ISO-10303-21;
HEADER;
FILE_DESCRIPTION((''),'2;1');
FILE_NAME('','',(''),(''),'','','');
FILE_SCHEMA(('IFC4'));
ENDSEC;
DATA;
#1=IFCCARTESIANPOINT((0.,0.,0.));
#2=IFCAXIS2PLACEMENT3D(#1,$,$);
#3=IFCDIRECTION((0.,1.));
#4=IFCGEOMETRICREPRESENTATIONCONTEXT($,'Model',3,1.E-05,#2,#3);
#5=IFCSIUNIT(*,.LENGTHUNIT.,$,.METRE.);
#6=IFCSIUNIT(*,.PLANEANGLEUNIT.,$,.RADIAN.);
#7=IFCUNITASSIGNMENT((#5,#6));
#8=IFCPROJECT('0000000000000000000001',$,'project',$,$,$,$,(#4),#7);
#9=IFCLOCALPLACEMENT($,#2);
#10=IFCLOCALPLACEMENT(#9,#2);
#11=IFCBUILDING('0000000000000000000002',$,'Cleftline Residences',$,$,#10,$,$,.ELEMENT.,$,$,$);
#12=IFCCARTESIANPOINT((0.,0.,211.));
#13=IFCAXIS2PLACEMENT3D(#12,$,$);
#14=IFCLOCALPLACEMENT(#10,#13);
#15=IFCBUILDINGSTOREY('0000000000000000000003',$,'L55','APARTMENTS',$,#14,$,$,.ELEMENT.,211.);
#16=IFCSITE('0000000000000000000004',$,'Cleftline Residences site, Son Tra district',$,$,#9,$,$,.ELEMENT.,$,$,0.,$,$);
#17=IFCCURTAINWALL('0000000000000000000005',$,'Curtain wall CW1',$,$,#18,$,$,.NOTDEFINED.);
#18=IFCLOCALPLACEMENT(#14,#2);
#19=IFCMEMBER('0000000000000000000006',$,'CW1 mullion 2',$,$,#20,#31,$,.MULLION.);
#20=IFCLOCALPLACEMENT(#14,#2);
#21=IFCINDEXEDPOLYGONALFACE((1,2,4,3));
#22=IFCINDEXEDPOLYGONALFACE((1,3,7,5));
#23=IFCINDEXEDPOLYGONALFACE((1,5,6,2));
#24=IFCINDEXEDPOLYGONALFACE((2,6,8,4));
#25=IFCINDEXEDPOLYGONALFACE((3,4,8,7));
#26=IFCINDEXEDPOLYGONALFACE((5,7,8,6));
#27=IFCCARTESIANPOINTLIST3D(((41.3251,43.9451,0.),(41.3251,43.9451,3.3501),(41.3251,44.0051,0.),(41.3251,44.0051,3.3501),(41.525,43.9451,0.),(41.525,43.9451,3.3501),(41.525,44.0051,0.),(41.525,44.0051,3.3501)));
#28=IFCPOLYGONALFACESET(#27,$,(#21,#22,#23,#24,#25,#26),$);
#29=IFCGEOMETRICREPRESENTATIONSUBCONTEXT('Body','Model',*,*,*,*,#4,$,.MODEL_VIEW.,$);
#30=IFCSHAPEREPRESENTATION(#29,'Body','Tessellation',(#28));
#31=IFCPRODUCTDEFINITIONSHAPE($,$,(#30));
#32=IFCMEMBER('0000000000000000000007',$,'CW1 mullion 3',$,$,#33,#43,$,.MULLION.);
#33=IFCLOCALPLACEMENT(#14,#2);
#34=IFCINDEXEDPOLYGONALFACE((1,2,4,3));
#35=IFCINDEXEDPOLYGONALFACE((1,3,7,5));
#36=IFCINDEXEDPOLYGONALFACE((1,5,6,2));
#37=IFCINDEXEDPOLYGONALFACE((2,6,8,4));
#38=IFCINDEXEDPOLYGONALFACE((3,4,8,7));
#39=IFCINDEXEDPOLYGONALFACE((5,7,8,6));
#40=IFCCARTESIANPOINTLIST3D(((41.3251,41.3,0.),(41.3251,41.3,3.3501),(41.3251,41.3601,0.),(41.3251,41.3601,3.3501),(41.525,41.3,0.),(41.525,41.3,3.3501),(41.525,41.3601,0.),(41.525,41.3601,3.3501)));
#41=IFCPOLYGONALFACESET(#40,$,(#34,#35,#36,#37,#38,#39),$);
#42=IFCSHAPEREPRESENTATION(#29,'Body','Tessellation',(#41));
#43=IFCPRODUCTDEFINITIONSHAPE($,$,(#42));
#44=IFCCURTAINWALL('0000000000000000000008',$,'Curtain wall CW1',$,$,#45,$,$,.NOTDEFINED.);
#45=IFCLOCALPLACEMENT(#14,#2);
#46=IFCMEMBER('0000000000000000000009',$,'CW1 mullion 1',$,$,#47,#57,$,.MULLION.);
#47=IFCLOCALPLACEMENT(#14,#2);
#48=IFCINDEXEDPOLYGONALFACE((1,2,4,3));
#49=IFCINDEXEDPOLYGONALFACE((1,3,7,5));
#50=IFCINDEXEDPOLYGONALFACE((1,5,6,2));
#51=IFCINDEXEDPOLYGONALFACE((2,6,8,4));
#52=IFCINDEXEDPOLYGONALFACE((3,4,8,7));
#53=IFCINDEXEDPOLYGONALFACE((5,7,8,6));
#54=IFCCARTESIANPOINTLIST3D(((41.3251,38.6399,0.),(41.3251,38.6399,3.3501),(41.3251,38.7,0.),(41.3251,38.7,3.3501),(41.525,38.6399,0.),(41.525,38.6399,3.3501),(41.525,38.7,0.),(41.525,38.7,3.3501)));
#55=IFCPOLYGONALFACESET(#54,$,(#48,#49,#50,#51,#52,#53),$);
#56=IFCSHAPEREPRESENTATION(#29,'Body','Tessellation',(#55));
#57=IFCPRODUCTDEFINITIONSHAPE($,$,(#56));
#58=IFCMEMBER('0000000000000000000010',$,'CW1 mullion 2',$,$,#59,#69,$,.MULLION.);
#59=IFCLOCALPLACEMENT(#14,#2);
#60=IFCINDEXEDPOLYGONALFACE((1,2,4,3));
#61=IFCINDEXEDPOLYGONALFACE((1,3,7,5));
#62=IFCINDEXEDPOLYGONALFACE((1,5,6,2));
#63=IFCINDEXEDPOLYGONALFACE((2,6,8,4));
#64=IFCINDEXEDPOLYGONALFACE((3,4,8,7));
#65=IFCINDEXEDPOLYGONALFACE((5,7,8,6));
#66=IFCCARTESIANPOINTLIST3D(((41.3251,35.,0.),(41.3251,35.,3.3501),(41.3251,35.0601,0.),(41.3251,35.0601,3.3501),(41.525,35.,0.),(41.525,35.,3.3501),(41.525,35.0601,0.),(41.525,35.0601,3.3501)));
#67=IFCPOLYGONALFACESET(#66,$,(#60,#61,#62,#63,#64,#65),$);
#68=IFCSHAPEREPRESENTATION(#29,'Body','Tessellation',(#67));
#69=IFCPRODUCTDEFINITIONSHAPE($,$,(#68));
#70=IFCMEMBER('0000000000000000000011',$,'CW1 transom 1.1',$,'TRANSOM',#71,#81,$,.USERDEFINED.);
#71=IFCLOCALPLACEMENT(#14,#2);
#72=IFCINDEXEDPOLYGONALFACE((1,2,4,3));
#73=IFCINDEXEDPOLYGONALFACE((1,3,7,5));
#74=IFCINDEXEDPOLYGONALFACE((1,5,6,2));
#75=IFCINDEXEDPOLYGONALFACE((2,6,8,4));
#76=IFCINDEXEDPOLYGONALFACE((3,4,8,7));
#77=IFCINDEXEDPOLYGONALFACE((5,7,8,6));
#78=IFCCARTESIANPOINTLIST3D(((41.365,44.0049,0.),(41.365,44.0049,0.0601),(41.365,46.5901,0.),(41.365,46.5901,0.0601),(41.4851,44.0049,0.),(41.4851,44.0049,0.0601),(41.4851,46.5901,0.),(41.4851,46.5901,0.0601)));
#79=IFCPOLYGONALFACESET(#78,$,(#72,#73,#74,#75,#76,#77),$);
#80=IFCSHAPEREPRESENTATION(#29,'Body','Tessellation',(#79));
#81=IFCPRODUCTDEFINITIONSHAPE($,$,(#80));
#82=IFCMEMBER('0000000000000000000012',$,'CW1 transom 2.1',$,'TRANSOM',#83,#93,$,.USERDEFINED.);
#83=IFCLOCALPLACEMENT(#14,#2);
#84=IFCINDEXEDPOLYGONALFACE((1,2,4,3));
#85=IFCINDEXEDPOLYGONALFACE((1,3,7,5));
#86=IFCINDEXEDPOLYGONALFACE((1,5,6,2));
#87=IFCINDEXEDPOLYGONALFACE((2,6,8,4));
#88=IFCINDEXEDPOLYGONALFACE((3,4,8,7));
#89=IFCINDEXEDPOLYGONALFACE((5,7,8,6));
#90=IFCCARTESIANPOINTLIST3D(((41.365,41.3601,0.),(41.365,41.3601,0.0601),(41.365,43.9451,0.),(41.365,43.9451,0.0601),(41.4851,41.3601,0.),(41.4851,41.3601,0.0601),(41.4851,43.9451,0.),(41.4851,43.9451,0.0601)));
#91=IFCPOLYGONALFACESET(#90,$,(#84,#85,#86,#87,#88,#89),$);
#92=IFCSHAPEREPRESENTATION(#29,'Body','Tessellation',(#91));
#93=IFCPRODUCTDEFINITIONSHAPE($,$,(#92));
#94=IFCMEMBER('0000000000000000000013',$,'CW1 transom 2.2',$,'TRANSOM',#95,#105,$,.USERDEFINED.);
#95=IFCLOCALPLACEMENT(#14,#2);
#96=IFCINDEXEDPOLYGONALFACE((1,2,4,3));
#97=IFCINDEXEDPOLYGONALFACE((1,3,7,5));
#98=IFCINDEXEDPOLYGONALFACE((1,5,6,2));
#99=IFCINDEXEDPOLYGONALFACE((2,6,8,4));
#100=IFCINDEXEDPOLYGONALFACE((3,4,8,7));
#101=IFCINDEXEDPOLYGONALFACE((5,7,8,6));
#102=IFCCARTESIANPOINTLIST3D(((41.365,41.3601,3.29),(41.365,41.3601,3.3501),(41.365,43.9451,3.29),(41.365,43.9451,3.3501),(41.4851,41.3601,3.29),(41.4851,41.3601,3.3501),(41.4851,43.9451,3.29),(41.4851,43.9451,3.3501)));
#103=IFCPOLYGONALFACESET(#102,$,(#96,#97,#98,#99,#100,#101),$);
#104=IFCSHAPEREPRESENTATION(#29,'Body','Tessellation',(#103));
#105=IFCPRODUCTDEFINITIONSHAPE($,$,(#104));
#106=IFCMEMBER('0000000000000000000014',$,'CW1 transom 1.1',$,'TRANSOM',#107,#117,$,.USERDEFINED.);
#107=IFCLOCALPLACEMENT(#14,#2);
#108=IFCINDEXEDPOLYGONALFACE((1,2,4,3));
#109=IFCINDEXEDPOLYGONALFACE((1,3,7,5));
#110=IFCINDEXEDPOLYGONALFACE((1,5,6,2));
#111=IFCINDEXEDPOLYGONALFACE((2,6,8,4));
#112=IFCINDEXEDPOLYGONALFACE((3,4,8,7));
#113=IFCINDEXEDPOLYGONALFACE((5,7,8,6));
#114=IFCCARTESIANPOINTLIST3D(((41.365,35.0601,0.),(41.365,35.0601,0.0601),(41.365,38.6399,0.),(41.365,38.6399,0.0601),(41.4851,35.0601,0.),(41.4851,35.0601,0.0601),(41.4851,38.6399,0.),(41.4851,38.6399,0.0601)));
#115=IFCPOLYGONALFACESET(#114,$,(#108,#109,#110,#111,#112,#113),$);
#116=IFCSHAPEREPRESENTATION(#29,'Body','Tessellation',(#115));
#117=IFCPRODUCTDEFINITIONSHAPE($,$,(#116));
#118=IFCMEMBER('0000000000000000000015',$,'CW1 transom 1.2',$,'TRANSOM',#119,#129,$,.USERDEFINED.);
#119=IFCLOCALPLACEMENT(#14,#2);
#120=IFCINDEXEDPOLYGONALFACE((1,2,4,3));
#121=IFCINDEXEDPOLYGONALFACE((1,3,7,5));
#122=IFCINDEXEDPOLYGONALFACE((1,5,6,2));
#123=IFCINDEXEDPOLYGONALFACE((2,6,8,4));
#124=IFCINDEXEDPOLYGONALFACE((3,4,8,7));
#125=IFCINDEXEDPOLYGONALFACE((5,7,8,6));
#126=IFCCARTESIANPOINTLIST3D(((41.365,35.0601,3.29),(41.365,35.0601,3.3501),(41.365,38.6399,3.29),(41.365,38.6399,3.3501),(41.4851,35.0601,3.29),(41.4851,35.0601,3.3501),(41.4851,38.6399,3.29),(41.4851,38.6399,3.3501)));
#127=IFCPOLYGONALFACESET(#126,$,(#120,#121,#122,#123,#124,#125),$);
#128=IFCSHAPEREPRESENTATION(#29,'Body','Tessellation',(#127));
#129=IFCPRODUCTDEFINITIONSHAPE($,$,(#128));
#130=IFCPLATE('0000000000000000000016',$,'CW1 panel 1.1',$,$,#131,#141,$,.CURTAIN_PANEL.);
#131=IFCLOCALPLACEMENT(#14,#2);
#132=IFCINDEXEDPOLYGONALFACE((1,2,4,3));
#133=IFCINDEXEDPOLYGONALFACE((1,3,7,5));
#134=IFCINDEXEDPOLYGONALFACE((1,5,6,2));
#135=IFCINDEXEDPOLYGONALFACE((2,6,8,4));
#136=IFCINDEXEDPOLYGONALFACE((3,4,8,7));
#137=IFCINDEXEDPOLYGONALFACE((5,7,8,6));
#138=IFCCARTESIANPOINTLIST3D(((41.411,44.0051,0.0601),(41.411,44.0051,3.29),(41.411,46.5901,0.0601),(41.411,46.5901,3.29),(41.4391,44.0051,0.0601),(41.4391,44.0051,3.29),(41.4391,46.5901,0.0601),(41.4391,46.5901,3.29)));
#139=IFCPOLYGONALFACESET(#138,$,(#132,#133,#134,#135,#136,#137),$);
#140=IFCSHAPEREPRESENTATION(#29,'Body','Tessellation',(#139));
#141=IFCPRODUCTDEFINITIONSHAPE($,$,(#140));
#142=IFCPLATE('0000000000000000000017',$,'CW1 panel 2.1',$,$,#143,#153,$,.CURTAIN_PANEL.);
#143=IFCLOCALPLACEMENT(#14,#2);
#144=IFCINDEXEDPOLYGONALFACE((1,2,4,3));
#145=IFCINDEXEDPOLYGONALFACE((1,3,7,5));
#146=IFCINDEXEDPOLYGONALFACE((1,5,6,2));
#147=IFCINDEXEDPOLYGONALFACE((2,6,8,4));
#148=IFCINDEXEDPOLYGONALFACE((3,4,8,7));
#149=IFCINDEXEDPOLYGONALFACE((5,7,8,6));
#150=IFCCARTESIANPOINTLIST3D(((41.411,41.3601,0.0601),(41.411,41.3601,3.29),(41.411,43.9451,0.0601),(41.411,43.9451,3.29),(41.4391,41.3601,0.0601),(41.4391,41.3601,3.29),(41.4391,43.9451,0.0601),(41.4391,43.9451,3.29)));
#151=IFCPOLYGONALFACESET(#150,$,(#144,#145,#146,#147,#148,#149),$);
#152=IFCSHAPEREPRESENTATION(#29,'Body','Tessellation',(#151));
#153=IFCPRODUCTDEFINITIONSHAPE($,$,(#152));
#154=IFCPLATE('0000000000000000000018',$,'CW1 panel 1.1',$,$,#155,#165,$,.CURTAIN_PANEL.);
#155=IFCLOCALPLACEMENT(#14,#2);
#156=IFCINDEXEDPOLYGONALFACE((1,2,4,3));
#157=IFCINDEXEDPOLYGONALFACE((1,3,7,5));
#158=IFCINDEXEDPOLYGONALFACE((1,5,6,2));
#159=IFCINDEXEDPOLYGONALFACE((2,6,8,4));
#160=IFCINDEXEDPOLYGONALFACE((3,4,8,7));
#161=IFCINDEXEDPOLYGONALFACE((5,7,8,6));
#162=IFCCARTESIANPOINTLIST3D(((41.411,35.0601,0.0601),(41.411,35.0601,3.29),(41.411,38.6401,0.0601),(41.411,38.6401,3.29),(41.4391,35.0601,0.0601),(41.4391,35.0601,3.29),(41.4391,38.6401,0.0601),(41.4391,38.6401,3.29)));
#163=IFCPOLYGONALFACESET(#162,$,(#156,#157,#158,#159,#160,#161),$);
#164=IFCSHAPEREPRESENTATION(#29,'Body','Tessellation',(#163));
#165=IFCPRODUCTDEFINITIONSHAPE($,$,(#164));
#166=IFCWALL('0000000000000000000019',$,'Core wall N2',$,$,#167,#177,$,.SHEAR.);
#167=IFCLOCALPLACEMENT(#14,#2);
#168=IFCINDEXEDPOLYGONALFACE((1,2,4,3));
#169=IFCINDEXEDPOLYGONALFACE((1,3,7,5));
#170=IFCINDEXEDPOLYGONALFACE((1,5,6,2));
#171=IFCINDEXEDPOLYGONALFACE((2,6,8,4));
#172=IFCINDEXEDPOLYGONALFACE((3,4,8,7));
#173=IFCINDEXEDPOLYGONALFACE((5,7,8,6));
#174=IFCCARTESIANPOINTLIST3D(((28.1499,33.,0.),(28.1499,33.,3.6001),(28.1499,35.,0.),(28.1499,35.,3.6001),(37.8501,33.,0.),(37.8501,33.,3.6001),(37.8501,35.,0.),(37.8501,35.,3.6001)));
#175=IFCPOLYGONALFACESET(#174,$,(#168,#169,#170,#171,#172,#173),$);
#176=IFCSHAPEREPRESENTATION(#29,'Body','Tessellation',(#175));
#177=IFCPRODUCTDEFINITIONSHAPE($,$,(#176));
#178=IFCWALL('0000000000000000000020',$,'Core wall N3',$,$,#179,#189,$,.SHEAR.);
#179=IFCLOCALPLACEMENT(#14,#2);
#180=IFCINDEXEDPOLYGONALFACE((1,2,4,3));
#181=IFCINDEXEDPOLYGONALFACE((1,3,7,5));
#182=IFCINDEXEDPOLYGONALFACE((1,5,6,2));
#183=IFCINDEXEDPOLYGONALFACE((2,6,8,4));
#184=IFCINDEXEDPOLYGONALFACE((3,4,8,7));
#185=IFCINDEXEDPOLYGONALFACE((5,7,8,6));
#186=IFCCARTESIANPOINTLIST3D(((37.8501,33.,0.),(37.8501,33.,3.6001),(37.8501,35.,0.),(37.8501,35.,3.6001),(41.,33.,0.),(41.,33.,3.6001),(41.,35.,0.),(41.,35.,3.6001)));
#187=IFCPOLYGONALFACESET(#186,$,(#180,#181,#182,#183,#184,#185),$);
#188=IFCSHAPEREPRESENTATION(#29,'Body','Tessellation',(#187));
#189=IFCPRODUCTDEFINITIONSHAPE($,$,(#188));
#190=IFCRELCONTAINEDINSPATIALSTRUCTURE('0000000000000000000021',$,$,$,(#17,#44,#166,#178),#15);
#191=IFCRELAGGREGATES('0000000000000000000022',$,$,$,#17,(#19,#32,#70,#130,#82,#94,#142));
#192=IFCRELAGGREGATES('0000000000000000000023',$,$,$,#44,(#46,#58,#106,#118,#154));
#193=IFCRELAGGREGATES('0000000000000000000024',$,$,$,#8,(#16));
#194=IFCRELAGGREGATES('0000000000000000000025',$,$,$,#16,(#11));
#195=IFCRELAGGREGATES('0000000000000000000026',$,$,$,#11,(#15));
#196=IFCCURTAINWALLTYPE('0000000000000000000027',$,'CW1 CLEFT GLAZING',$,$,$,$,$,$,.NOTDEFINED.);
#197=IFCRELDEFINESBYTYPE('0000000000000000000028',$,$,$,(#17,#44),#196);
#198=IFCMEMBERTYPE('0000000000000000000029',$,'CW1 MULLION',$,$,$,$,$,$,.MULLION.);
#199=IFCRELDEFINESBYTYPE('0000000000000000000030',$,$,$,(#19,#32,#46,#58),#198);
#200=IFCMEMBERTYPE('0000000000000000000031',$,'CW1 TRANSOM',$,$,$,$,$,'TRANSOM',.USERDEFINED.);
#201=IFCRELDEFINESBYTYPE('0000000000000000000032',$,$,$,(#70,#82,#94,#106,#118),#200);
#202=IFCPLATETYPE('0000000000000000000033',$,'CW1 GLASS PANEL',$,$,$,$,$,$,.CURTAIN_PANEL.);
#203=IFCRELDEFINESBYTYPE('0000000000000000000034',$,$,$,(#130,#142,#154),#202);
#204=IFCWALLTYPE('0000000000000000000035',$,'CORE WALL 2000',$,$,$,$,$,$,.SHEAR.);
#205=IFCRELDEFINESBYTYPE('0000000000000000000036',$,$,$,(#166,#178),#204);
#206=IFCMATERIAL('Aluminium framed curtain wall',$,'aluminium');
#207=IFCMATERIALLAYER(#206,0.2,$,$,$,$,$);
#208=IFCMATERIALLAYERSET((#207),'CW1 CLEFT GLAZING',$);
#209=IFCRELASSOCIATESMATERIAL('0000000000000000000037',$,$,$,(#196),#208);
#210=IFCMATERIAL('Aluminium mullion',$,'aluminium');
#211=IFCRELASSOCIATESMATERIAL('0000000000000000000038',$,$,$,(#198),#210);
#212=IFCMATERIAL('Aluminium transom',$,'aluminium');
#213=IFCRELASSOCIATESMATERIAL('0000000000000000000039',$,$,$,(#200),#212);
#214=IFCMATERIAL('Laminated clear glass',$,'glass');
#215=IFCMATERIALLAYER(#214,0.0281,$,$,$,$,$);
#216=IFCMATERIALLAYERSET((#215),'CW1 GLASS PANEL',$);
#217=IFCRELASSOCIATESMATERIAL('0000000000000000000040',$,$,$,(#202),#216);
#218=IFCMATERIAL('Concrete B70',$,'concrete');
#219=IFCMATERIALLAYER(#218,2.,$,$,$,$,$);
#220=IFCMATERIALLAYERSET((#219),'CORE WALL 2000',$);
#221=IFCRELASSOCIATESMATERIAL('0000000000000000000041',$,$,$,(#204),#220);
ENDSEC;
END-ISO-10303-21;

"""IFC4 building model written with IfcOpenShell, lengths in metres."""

from ifc_helpers import new_model, si_unit, direction, frame, frame_2d, origin, origin_2d, place, context, subcontext, project, spatial, rectangle, extrude, material, layer, layer_set, material_profile, profile_set, type_object, element, aggregate, save


model = new_model("IFC4")

# Units and contexts
model_context = context("Model", 3, precision=1e-05, world=origin(), true_north=direction((0.0, 1.0)))
body_context = subcontext(model_context, "Body", "Model", "MODEL_VIEW")
ifc_project = project(units=[si_unit("LENGTHUNIT", "METRE"), si_unit("PLANEANGLEUNIT", "RADIAN")], contexts=[model_context])

# Site, building, storey
site_placement = place(None, origin())
site = spatial("IfcSite", under=ifc_project, at=site_placement, Name="Cleftline Residences site, Son Tra district", CompositionType="ELEMENT", RefElevation=0.0)
building_placement = place(site_placement, origin())
building = spatial("IfcBuilding", under=site, at=building_placement, Name="Cleftline Residences", CompositionType="ELEMENT")
storey_placement = place(building_placement, frame((0.0, 0.0, 211.0)))
storey = spatial("IfcBuildingStorey", under=building, at=storey_placement, Name="L55", Description="APARTMENTS", CompositionType="ELEMENT", Elevation=211.0)

# Curtain walls, members
ifc_material_1 = material(Name="Aluminium framed curtain wall", Category="aluminium")
ifc_layer_1 = layer(ifc_material_1, 0.2)
ifc_layer_set_1 = layer_set([ifc_layer_1], Name="CW1 CLEFT GLAZING")
curtain_wall_type = type_object("IfcCurtainWallType", Name="CW1 CLEFT GLAZING", PredefinedType="NOTDEFINED", material=ifc_layer_set_1)
curtain_wall_1_placement = place(storey_placement, origin())
curtain_wall_1 = element("IfcCurtainWall", 1, at=curtain_wall_1_placement, inside=storey, type_object=curtain_wall_type, Name="Curtain wall CW1", PredefinedType="NOTDEFINED")
ifc_material_2 = material(Name="Aluminium mullion", Category="aluminium")
ifc_material_profile_1 = material_profile(ifc_material_2, rectangle(XDim=0.2, YDim=0.0601, at=origin_2d()))
ifc_profile_set_1 = profile_set([ifc_material_profile_1], Name="Aluminium mullion")
member_type_1 = type_object("IfcMemberType", Name="CW1 MULLION", PredefinedType="MULLION", material=ifc_profile_set_1)
member_1_placement = place(storey_placement, frame((41.425, 43.9751, 0.0), z_axis=(0.0, 0.0, 1.0), x_axis=(1.0, 0.0, 0.0)))
member_1 = element("IfcMember", 2, at=member_1_placement, type_object=member_type_1, Name="CW1 mullion 2", PredefinedType="MULLION", context=body_context, shape_type="SweptSolid", body=[
    extrude(rectangle(XDim=0.2, YDim=0.0601, at=origin_2d()), origin(), (0.0, 0.0, 1.0), 3.3501),
])
member_2_placement = place(storey_placement, frame((41.425, 41.3301, 0.0), z_axis=(0.0, 0.0, 1.0), x_axis=(1.0, 0.0, 0.0)))
member_2 = element("IfcMember", 3, at=member_2_placement, type_object=member_type_1, Name="CW1 mullion 3", PredefinedType="MULLION", context=body_context, shape_type="SweptSolid", body=[
    extrude(rectangle(XDim=0.2, YDim=0.0601, at=origin_2d()), origin(), (0.0, 0.0, 1.0), 3.3501),
])
curtain_wall_2_placement = place(storey_placement, origin())
curtain_wall_2 = element("IfcCurtainWall", 4, at=curtain_wall_2_placement, inside=storey, type_object=curtain_wall_type, Name="Curtain wall CW1", PredefinedType="NOTDEFINED")
member_3_placement = place(storey_placement, frame((41.425, 38.6699, 0.0), z_axis=(0.0, 0.0, 1.0), x_axis=(1.0, 0.0, 0.0)))
member_3 = element("IfcMember", 5, at=member_3_placement, type_object=member_type_1, Name="CW1 mullion 1", PredefinedType="MULLION", context=body_context, shape_type="SweptSolid", body=[
    extrude(rectangle(XDim=0.2, YDim=0.0601, at=origin_2d()), origin(), (0.0, 0.0, 1.0), 3.3501),
])
member_4_placement = place(storey_placement, frame((41.425, 35.03, 0.0), z_axis=(0.0, 0.0, 1.0), x_axis=(1.0, 0.0, 0.0)))
member_4 = element("IfcMember", 6, at=member_4_placement, type_object=member_type_1, Name="CW1 mullion 2", PredefinedType="MULLION", context=body_context, shape_type="SweptSolid", body=[
    extrude(rectangle(XDim=0.2, YDim=0.0601, at=origin_2d()), origin(), (0.0, 0.0, 1.0), 3.3501),
])

# Members
ifc_material_3 = material(Name="Aluminium transom", Category="aluminium")
ifc_material_profile_2 = material_profile(ifc_material_3, rectangle(XDim=0.1201, YDim=0.0601, at=origin_2d()))
ifc_profile_set_2 = profile_set([ifc_material_profile_2], Name="Aluminium transom")
member_type_2 = type_object("IfcMemberType", Name="CW1 TRANSOM", ElementType="TRANSOM", PredefinedType="USERDEFINED", material=ifc_profile_set_2)
member_5_placement = place(storey_placement, frame((41.425, 46.5901, 0.03), z_axis=(0.0, -1.0, 0.0), x_axis=(1.0, 0.0, 0.0)))
member_5 = element("IfcMember", 7, at=member_5_placement, type_object=member_type_2, Name="CW1 transom 1.1", ObjectType="TRANSOM", PredefinedType="USERDEFINED", context=body_context, shape_type="SweptSolid", body=[
    extrude(rectangle(XDim=0.1201, YDim=0.0601, at=origin_2d()), origin(), (0.0, 0.0, 1.0), 2.5852),
])
member_6_placement = place(storey_placement, frame((41.425, 43.9451, 0.03), z_axis=(0.0, -1.0, 0.0), x_axis=(1.0, 0.0, 0.0)))
member_6 = element("IfcMember", 8, at=member_6_placement, type_object=member_type_2, Name="CW1 transom 2.1", ObjectType="TRANSOM", PredefinedType="USERDEFINED", context=body_context, shape_type="SweptSolid", body=[
    extrude(rectangle(XDim=0.1201, YDim=0.0601, at=origin_2d()), origin(), (0.0, 0.0, 1.0), 2.585),
])
member_7_placement = place(storey_placement, frame((41.425, 43.9451, 3.3201), z_axis=(0.0, -1.0, 0.0), x_axis=(1.0, 0.0, 0.0)))
member_7 = element("IfcMember", 9, at=member_7_placement, type_object=member_type_2, Name="CW1 transom 2.2", ObjectType="TRANSOM", PredefinedType="USERDEFINED", context=body_context, shape_type="SweptSolid", body=[
    extrude(rectangle(XDim=0.1201, YDim=0.0601, at=origin_2d()), origin(), (0.0, 0.0, 1.0), 2.585),
])
member_8_placement = place(storey_placement, frame((41.425, 38.6399, 0.03), z_axis=(0.0, -1.0, 0.0), x_axis=(1.0, 0.0, 0.0)))
member_8 = element("IfcMember", 10, at=member_8_placement, type_object=member_type_2, Name="CW1 transom 1.1", ObjectType="TRANSOM", PredefinedType="USERDEFINED", context=body_context, shape_type="SweptSolid", body=[
    extrude(rectangle(XDim=0.1201, YDim=0.0601, at=origin_2d()), origin(), (0.0, 0.0, 1.0), 3.5798),
])
member_9_placement = place(storey_placement, frame((41.425, 38.6399, 3.3201), z_axis=(0.0, -1.0, 0.0), x_axis=(1.0, 0.0, 0.0)))
member_9 = element("IfcMember", 11, at=member_9_placement, type_object=member_type_2, Name="CW1 transom 1.2", ObjectType="TRANSOM", PredefinedType="USERDEFINED", context=body_context, shape_type="SweptSolid", body=[
    extrude(rectangle(XDim=0.1201, YDim=0.0601, at=origin_2d()), origin(), (0.0, 0.0, 1.0), 3.5798),
])

# Plates
ifc_material_4 = material(Name="Laminated clear glass", Category="glass")
ifc_layer_2 = layer(ifc_material_4, 0.0281)
ifc_layer_set_2 = layer_set([ifc_layer_2], Name="CW1 GLASS PANEL")
plate_type = type_object("IfcPlateType", Name="CW1 GLASS PANEL", PredefinedType="CURTAIN_PANEL", material=ifc_layer_set_2)
plate_1_placement = place(storey_placement, frame((41.425, 45.2976, 0.0601), z_axis=(0.0, 0.0, 1.0), x_axis=(0.0, -1.0, 0.0)))
plate_1 = element("IfcPlate", 12, at=plate_1_placement, type_object=plate_type, Name="CW1 panel 1.1", PredefinedType="CURTAIN_PANEL", context=body_context, shape_type="SweptSolid", body=[
    extrude(rectangle(XDim=2.585, YDim=0.0281, at=origin_2d()), origin(), (0.0, 0.0, 1.0), 3.23),
])
plate_2_placement = place(storey_placement, frame((41.425, 42.6526, 0.0601), z_axis=(0.0, 0.0, 1.0), x_axis=(0.0, -1.0, 0.0)))
plate_2 = element("IfcPlate", 13, at=plate_2_placement, type_object=plate_type, Name="CW1 panel 2.1", PredefinedType="CURTAIN_PANEL", context=body_context, shape_type="SweptSolid", body=[
    extrude(rectangle(XDim=2.585, YDim=0.0281, at=origin_2d()), origin(), (0.0, 0.0, 1.0), 3.23),
])
aggregate(curtain_wall_1, [member_1, member_2, member_5, plate_1, member_6, member_7, plate_2])
plate_3_placement = place(storey_placement, frame((41.425, 36.8501, 0.0601), z_axis=(0.0, 0.0, 1.0), x_axis=(0.0, -1.0, 0.0)))
plate_3 = element("IfcPlate", 14, at=plate_3_placement, type_object=plate_type, Name="CW1 panel 1.1", PredefinedType="CURTAIN_PANEL", context=body_context, shape_type="SweptSolid", body=[
    extrude(rectangle(XDim=3.5801, YDim=0.0281, at=origin_2d()), origin(), (0.0, 0.0, 1.0), 3.23),
])
aggregate(curtain_wall_2, [member_3, member_4, member_8, member_9, plate_3])

# Walls
ifc_material_5 = material(Name="Concrete B70", Category="concrete")
ifc_layer_3 = layer(ifc_material_5, 2.0)
ifc_layer_set_3 = layer_set([ifc_layer_3], Name="CORE WALL 2000")
wall_type_1 = type_object("IfcWallType", Name="CORE WALL 2000", PredefinedType="SHEAR", material=ifc_layer_set_3)
wall_1_placement = place(storey_placement, frame((28.1499, 34.0, 0.0), z_axis=(0.0, 0.0, 1.0), x_axis=(1.0, 0.0, 0.0)))
element("IfcWall", 15, at=wall_1_placement, inside=storey, type_object=wall_type_1, Name="Core wall N2", PredefinedType="SHEAR", context=body_context, shape_type="SweptSolid", body=[
    extrude(rectangle(XDim=9.7002, YDim=2.0, at=frame_2d((4.8501, 0.0))), origin(), (0.0, 0.0, 1.0), 3.6001),
])
wall_2_placement = place(storey_placement, frame((37.8501, 34.0, 0.0), z_axis=(0.0, 0.0, 1.0), x_axis=(1.0, 0.0, 0.0)))
element("IfcWall", 16, at=wall_2_placement, inside=storey, type_object=wall_type_1, Name="Core wall N3", PredefinedType="SHEAR", context=body_context, shape_type="SweptSolid", body=[
    extrude(rectangle(XDim=3.1499, YDim=2.0, at=frame_2d((1.575, 0.0))), origin(), (0.0, 0.0, 1.0), 3.6001),
])

save(model, "model.ifc")
